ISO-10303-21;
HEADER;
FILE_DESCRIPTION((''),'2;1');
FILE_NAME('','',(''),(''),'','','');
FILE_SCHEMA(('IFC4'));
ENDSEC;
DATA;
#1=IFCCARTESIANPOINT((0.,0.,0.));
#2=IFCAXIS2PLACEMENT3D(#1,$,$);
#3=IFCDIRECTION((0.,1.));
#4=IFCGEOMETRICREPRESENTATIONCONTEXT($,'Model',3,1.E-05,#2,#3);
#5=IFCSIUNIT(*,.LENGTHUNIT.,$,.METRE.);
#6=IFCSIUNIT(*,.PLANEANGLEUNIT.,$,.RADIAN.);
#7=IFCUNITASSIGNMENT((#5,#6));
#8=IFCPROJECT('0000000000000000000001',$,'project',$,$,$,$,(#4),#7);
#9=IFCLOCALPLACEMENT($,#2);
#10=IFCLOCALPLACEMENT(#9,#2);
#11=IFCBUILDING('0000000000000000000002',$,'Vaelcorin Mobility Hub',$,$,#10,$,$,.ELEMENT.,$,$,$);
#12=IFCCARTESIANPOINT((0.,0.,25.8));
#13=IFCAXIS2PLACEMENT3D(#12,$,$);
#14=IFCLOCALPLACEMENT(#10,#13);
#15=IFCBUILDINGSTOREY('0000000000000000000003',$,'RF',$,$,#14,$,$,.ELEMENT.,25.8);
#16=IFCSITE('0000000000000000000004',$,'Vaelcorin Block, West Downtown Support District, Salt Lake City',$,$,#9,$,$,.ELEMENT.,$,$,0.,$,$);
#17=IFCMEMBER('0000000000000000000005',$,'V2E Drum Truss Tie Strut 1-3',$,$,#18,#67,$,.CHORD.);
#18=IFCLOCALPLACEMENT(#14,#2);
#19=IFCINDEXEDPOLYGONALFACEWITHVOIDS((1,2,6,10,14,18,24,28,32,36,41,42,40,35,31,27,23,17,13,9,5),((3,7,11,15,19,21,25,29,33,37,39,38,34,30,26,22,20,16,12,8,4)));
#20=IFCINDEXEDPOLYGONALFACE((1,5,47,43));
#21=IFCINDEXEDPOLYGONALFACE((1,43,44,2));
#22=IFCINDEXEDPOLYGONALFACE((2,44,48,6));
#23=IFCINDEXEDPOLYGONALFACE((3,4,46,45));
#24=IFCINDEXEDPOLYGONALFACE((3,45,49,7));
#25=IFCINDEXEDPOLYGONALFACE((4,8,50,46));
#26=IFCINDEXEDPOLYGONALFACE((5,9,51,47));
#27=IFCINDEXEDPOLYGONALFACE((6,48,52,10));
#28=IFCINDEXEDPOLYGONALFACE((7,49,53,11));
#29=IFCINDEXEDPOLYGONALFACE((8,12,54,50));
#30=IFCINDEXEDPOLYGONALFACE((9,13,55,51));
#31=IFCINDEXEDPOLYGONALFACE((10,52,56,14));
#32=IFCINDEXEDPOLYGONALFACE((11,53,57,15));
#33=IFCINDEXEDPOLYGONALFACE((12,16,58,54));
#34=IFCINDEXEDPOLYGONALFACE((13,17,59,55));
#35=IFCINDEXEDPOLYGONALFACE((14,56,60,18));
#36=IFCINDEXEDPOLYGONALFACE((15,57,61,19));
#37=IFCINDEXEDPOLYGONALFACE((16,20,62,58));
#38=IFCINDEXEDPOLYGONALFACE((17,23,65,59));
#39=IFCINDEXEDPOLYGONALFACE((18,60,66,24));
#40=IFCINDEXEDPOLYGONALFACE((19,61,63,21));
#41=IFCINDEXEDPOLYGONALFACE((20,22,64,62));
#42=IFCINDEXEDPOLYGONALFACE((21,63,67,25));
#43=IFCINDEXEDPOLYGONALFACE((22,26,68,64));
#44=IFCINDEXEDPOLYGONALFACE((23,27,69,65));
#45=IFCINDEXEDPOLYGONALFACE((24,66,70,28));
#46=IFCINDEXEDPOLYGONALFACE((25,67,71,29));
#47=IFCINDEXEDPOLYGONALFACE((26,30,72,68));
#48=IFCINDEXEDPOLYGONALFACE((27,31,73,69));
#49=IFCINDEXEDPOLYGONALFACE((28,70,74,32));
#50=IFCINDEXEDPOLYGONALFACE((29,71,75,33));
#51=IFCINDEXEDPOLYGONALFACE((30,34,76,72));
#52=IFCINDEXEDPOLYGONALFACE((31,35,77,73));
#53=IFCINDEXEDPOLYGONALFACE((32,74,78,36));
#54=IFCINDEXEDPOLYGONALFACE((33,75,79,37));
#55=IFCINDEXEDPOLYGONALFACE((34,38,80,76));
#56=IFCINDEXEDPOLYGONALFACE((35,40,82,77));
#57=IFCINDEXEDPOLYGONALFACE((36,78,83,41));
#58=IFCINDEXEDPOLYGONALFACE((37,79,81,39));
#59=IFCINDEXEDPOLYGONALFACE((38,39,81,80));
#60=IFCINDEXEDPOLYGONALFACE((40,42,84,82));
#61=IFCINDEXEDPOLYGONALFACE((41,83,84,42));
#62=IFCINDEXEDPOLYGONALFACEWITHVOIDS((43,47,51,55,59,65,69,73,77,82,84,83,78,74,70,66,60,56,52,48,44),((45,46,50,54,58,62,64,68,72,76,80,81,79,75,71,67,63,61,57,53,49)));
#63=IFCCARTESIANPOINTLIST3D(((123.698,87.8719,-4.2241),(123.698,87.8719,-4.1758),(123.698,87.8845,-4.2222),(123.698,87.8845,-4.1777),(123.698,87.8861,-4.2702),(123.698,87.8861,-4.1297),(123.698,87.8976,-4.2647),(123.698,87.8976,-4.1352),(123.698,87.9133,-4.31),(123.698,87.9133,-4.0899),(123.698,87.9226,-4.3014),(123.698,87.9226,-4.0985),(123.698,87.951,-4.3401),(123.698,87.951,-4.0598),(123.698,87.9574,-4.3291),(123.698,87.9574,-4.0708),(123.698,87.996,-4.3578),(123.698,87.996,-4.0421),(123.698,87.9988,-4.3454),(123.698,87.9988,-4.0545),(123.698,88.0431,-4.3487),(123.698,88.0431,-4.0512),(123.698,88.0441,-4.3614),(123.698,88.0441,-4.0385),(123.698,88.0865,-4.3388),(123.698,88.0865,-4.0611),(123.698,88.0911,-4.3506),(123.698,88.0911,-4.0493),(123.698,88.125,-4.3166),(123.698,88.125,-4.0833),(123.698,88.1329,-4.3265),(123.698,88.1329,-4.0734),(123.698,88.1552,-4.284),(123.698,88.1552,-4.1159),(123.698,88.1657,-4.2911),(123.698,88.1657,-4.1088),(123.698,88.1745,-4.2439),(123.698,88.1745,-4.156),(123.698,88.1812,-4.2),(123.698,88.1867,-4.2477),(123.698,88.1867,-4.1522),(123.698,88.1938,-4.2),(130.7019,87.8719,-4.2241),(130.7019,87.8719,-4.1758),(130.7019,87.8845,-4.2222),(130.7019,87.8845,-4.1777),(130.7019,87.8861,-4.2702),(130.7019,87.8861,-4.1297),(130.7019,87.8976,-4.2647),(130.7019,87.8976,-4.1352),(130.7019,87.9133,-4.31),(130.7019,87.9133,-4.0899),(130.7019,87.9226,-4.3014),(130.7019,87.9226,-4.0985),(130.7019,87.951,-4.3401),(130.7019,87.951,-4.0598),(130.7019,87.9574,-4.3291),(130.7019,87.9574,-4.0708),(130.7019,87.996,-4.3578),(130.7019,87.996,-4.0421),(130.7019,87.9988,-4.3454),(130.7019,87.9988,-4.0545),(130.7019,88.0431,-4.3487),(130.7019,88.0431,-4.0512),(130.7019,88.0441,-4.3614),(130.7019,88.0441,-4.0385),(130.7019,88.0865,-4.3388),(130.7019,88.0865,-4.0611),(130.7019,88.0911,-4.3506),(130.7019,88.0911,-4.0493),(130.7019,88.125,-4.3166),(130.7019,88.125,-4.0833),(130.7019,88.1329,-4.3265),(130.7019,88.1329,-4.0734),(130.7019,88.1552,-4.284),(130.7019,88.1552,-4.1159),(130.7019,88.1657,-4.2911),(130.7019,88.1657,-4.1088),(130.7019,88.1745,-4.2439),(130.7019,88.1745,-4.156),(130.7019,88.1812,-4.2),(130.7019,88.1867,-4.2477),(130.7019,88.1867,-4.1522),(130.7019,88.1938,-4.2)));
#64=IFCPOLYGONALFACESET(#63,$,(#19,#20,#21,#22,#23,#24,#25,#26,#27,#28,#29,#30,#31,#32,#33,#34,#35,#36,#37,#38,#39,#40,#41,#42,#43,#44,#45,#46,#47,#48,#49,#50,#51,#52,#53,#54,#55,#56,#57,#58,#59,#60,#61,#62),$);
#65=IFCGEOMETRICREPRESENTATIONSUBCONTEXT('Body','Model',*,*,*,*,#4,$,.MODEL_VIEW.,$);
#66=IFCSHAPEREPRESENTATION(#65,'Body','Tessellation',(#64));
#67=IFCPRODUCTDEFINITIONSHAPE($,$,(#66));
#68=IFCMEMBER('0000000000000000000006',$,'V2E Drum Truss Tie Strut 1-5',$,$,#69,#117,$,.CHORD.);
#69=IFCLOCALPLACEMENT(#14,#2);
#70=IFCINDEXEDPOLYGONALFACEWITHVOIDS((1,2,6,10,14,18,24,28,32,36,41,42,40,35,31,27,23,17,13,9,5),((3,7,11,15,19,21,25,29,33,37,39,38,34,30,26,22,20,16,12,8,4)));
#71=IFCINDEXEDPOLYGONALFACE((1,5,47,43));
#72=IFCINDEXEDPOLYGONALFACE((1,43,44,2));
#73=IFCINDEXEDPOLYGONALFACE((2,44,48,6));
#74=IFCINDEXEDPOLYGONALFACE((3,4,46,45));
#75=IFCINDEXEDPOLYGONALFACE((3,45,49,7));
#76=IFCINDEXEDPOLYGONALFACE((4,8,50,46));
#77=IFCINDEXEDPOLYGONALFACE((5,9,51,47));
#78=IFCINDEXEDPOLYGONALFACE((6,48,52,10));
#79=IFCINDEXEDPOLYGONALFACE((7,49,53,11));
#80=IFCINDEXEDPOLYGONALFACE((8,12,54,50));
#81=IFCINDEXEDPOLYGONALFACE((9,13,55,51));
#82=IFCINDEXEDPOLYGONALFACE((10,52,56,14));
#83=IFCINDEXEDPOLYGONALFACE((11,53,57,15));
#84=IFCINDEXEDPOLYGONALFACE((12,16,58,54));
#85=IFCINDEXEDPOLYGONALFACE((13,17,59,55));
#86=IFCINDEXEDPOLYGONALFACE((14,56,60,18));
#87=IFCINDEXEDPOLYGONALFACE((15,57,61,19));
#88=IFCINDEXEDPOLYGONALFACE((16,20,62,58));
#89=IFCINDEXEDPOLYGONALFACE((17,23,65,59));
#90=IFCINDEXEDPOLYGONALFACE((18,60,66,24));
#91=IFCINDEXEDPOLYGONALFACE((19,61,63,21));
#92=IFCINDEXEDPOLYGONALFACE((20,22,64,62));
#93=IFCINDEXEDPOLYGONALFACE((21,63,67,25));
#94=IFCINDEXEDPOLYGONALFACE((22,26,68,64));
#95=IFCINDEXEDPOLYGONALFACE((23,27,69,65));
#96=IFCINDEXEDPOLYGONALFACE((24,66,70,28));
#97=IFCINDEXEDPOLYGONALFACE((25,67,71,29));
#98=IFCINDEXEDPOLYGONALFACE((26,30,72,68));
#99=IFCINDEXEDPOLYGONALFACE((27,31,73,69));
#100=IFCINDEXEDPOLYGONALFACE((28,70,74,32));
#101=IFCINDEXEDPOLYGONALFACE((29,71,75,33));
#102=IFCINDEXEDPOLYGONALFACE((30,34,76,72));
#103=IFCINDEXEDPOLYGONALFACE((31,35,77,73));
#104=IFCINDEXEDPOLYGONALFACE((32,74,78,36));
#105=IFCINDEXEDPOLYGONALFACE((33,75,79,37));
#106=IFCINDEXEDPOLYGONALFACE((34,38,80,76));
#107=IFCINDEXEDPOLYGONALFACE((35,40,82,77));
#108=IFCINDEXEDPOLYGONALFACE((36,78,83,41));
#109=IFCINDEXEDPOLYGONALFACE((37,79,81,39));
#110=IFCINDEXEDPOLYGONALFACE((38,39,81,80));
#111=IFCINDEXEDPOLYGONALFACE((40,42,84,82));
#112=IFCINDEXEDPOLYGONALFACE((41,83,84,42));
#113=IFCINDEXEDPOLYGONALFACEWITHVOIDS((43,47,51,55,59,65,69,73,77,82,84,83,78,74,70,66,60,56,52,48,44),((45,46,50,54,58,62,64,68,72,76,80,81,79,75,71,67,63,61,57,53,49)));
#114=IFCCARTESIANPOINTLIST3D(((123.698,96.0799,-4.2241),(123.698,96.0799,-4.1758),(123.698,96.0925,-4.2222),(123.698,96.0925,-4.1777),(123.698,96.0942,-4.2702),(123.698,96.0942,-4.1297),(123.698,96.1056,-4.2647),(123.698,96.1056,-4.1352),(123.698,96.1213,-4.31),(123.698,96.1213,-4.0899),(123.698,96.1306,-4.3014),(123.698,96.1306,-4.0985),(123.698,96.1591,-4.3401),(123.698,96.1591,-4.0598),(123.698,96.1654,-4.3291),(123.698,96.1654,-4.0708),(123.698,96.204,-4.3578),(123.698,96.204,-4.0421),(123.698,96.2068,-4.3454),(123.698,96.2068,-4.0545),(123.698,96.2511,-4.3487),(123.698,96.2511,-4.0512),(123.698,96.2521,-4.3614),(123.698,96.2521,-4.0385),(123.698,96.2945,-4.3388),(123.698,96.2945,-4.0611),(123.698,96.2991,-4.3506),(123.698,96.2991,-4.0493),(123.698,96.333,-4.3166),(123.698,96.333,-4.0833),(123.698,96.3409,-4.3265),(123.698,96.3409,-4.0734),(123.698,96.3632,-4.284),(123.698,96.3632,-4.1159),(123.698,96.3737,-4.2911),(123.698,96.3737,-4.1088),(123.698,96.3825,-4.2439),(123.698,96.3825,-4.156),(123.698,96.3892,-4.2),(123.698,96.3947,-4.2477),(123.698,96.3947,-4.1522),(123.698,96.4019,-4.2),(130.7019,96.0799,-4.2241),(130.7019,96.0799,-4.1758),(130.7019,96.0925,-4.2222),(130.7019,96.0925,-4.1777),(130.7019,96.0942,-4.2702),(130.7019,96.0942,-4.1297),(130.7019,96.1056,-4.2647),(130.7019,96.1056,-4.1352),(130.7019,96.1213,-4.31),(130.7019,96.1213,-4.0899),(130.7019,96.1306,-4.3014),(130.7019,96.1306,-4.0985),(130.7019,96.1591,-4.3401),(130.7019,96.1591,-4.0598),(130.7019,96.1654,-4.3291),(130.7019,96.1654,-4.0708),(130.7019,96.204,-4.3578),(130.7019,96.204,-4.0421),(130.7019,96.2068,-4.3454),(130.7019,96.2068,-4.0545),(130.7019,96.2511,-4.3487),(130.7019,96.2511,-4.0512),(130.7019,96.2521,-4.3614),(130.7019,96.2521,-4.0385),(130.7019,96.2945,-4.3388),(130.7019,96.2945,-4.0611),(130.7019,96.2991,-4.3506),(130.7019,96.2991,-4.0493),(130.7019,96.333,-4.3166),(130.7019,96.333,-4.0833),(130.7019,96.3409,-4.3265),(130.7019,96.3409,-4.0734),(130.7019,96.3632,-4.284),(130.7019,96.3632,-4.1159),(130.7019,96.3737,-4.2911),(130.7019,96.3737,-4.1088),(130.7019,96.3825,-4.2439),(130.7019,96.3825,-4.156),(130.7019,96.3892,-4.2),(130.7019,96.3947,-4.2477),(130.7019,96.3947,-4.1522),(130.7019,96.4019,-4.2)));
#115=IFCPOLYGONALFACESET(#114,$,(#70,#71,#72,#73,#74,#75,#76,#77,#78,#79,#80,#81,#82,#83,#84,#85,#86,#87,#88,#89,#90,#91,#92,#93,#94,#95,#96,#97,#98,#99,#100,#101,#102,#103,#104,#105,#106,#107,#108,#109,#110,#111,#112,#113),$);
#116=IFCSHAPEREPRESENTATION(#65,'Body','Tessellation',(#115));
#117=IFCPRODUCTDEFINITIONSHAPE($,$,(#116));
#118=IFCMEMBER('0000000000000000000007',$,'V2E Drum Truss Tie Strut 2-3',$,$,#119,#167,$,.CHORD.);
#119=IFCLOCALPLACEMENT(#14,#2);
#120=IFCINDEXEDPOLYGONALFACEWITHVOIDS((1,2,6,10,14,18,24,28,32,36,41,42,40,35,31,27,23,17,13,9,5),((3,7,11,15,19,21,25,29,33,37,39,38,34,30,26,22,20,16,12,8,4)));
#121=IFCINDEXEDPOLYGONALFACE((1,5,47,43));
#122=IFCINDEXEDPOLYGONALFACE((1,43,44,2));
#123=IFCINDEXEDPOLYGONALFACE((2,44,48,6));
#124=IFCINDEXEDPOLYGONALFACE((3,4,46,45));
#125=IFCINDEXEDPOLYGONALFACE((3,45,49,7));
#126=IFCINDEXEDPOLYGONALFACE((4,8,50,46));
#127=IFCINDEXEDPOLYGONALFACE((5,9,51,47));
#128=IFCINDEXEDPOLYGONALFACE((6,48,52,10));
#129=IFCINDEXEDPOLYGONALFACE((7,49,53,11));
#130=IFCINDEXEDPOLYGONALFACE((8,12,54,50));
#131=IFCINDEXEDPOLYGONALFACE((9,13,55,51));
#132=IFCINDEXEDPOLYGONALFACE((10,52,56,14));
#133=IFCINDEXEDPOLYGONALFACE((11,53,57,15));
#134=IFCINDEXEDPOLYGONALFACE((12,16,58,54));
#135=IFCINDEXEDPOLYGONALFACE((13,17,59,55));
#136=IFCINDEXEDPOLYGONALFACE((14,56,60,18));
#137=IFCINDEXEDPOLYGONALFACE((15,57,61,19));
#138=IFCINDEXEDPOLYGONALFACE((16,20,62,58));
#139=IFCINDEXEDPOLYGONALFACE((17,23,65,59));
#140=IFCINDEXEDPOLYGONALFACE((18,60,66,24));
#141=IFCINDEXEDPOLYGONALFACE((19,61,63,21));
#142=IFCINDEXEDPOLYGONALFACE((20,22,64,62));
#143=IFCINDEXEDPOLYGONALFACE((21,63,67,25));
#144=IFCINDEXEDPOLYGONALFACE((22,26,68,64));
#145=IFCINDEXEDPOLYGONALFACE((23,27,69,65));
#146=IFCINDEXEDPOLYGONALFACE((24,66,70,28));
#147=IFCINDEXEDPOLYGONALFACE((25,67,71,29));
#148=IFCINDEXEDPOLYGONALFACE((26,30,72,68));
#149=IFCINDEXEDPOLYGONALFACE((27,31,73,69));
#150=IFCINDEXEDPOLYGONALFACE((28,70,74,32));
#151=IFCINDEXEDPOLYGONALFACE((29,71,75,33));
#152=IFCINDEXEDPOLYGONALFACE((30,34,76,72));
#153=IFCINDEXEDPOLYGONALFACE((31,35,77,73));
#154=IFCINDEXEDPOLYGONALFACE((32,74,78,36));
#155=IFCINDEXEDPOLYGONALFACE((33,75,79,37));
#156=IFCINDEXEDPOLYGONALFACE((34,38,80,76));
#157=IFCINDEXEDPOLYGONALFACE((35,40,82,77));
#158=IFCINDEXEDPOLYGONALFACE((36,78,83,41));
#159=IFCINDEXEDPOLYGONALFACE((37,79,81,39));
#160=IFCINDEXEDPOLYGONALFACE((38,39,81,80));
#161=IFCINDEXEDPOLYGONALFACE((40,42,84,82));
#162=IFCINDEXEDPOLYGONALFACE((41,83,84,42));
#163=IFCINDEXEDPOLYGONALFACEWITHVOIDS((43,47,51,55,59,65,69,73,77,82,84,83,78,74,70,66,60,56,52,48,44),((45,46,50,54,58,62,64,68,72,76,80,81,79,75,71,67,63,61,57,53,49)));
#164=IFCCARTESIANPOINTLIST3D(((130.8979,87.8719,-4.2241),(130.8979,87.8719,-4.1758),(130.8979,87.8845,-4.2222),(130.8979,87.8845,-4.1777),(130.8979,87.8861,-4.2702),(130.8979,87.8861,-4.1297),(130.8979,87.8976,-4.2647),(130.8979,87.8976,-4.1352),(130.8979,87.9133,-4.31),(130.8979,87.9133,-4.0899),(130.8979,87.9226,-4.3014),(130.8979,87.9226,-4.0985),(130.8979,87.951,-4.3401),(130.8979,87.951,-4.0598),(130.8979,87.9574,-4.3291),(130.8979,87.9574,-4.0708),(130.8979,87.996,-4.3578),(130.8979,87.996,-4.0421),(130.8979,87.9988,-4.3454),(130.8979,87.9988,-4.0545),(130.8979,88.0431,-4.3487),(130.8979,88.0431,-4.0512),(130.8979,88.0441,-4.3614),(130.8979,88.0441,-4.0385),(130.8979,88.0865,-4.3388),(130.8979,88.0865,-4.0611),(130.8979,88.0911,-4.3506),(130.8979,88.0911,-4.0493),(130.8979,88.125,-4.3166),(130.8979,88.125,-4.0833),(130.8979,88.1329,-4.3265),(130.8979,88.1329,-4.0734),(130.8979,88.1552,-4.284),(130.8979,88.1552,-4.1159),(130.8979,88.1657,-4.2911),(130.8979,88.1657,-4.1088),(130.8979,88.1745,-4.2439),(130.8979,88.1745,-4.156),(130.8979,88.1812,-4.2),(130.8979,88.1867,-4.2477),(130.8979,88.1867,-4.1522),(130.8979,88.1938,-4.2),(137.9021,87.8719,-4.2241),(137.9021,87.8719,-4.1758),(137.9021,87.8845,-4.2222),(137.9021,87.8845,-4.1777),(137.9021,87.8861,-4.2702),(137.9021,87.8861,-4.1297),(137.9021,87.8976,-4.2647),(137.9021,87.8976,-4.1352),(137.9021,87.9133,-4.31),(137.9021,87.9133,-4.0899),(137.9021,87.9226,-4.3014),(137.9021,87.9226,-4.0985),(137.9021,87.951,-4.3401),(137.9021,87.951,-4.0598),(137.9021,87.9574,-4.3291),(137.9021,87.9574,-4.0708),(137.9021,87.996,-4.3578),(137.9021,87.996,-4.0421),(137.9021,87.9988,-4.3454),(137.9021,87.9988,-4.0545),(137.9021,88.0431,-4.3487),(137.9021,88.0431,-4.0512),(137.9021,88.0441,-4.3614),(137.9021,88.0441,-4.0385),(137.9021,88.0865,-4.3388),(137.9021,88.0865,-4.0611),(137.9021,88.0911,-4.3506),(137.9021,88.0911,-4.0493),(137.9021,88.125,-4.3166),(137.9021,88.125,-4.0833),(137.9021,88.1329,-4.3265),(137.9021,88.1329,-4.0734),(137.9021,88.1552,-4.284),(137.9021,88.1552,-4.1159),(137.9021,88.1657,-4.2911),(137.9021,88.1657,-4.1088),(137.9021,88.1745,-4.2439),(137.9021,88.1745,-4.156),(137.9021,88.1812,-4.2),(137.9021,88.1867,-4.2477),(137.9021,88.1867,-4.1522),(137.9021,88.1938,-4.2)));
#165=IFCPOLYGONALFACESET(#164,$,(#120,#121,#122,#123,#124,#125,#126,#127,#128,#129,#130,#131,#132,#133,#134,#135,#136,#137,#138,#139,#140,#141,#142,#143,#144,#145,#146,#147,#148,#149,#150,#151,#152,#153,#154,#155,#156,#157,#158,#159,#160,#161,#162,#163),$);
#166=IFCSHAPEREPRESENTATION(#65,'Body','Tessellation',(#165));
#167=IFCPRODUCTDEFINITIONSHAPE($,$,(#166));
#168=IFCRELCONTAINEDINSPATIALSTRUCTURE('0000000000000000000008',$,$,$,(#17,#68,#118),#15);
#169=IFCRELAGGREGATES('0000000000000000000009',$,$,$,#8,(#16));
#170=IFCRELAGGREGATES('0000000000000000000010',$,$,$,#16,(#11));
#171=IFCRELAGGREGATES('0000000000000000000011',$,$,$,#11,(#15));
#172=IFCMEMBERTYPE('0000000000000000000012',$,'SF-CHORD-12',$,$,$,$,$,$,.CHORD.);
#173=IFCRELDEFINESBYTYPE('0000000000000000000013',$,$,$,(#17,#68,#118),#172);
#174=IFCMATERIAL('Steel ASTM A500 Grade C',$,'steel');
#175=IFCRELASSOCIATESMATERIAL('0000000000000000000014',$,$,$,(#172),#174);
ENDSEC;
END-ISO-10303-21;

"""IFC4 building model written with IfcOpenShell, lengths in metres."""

from ifc_helpers import new_model, si_unit, direction, frame, origin, origin_2d, place, context, subcontext, project, spatial, hollow_circle, extrude, material, material_profile, profile_set, type_object, element, save


model = new_model("IFC4")

# Units and contexts
model_context = context("Model", 3, precision=1e-05, world=origin(), true_north=direction((0.0, 1.0)))
body_context = subcontext(model_context, "Body", "Model", "MODEL_VIEW")
ifc_project = project(units=[si_unit("LENGTHUNIT", "METRE"), si_unit("PLANEANGLEUNIT", "RADIAN")], contexts=[model_context])

# Site, building, storey
site_placement = place(None, origin())
site = spatial("IfcSite", under=ifc_project, at=site_placement, Name="Vaelcorin Block, West Downtown Support District, Salt Lake City", CompositionType="ELEMENT", RefElevation=0.0)
building_placement = place(site_placement, origin())
building = spatial("IfcBuilding", under=site, at=building_placement, Name="Vaelcorin Mobility Hub", CompositionType="ELEMENT")
storey_placement = place(building_placement, frame((0.0, 0.0, 25.8)))
storey = spatial("IfcBuildingStorey", under=building, at=storey_placement, Name="RF", CompositionType="ELEMENT", Elevation=25.8)

# Members
ifc_material_1 = material(Name="Steel ASTM A500 Grade C", Category="steel")
ifc_material_profile_1 = material_profile(ifc_material_1, hollow_circle(Radius=0.1619, WallThickness=0.0127, at=origin_2d()), Name="HSS12.750X0.500")
ifc_profile_set_1 = profile_set([ifc_material_profile_1], Name="Steel ASTM A500 Grade C")
member_type_1 = type_object("IfcMemberType", Name="SF-CHORD-12", PredefinedType="CHORD", material=ifc_profile_set_1)
for number, where, z_axis, x_axis, name in (
    (1, (123.698, 88.032, -4.2), (1.0, 0.0, 0.0), (0.0, 1.0, 0.0), "V2E Drum Truss Tie Strut 1-3"),
    (2, (123.698, 96.24, -4.2), (1.0, 0.0, 0.0), (0.0, 1.0, 0.0), "V2E Drum Truss Tie Strut 1-5"),
):
    element("IfcMember", number, at=place(storey_placement, frame(where, z_axis=z_axis, x_axis=x_axis)), inside=storey, type_object=member_type_1, Name=name, PredefinedType="CHORD", context=body_context, shape_type="SweptSolid", body=[
        extrude(hollow_circle(Radius=0.1619, WallThickness=0.0127, at=origin_2d()), origin(), (0.0, 0.0, 1.0), 7.0039),
    ])
for number, where, z_axis, x_axis, name in (
    (3, (130.8979, 88.032, -4.2), (1.0, 0.0, 0.0), (0.0, 1.0, 0.0), "V2E Drum Truss Tie Strut 2-3"),
):
    element("IfcMember", number, at=place(storey_placement, frame(where, z_axis=z_axis, x_axis=x_axis)), inside=storey, type_object=member_type_1, Name=name, PredefinedType="CHORD", context=body_context, shape_type="SweptSolid", body=[
        extrude(hollow_circle(Radius=0.1619, WallThickness=0.0127, at=origin_2d()), origin(), (0.0, 0.0, 1.0), 7.0042),
    ])

save(model, "model.ifc")
